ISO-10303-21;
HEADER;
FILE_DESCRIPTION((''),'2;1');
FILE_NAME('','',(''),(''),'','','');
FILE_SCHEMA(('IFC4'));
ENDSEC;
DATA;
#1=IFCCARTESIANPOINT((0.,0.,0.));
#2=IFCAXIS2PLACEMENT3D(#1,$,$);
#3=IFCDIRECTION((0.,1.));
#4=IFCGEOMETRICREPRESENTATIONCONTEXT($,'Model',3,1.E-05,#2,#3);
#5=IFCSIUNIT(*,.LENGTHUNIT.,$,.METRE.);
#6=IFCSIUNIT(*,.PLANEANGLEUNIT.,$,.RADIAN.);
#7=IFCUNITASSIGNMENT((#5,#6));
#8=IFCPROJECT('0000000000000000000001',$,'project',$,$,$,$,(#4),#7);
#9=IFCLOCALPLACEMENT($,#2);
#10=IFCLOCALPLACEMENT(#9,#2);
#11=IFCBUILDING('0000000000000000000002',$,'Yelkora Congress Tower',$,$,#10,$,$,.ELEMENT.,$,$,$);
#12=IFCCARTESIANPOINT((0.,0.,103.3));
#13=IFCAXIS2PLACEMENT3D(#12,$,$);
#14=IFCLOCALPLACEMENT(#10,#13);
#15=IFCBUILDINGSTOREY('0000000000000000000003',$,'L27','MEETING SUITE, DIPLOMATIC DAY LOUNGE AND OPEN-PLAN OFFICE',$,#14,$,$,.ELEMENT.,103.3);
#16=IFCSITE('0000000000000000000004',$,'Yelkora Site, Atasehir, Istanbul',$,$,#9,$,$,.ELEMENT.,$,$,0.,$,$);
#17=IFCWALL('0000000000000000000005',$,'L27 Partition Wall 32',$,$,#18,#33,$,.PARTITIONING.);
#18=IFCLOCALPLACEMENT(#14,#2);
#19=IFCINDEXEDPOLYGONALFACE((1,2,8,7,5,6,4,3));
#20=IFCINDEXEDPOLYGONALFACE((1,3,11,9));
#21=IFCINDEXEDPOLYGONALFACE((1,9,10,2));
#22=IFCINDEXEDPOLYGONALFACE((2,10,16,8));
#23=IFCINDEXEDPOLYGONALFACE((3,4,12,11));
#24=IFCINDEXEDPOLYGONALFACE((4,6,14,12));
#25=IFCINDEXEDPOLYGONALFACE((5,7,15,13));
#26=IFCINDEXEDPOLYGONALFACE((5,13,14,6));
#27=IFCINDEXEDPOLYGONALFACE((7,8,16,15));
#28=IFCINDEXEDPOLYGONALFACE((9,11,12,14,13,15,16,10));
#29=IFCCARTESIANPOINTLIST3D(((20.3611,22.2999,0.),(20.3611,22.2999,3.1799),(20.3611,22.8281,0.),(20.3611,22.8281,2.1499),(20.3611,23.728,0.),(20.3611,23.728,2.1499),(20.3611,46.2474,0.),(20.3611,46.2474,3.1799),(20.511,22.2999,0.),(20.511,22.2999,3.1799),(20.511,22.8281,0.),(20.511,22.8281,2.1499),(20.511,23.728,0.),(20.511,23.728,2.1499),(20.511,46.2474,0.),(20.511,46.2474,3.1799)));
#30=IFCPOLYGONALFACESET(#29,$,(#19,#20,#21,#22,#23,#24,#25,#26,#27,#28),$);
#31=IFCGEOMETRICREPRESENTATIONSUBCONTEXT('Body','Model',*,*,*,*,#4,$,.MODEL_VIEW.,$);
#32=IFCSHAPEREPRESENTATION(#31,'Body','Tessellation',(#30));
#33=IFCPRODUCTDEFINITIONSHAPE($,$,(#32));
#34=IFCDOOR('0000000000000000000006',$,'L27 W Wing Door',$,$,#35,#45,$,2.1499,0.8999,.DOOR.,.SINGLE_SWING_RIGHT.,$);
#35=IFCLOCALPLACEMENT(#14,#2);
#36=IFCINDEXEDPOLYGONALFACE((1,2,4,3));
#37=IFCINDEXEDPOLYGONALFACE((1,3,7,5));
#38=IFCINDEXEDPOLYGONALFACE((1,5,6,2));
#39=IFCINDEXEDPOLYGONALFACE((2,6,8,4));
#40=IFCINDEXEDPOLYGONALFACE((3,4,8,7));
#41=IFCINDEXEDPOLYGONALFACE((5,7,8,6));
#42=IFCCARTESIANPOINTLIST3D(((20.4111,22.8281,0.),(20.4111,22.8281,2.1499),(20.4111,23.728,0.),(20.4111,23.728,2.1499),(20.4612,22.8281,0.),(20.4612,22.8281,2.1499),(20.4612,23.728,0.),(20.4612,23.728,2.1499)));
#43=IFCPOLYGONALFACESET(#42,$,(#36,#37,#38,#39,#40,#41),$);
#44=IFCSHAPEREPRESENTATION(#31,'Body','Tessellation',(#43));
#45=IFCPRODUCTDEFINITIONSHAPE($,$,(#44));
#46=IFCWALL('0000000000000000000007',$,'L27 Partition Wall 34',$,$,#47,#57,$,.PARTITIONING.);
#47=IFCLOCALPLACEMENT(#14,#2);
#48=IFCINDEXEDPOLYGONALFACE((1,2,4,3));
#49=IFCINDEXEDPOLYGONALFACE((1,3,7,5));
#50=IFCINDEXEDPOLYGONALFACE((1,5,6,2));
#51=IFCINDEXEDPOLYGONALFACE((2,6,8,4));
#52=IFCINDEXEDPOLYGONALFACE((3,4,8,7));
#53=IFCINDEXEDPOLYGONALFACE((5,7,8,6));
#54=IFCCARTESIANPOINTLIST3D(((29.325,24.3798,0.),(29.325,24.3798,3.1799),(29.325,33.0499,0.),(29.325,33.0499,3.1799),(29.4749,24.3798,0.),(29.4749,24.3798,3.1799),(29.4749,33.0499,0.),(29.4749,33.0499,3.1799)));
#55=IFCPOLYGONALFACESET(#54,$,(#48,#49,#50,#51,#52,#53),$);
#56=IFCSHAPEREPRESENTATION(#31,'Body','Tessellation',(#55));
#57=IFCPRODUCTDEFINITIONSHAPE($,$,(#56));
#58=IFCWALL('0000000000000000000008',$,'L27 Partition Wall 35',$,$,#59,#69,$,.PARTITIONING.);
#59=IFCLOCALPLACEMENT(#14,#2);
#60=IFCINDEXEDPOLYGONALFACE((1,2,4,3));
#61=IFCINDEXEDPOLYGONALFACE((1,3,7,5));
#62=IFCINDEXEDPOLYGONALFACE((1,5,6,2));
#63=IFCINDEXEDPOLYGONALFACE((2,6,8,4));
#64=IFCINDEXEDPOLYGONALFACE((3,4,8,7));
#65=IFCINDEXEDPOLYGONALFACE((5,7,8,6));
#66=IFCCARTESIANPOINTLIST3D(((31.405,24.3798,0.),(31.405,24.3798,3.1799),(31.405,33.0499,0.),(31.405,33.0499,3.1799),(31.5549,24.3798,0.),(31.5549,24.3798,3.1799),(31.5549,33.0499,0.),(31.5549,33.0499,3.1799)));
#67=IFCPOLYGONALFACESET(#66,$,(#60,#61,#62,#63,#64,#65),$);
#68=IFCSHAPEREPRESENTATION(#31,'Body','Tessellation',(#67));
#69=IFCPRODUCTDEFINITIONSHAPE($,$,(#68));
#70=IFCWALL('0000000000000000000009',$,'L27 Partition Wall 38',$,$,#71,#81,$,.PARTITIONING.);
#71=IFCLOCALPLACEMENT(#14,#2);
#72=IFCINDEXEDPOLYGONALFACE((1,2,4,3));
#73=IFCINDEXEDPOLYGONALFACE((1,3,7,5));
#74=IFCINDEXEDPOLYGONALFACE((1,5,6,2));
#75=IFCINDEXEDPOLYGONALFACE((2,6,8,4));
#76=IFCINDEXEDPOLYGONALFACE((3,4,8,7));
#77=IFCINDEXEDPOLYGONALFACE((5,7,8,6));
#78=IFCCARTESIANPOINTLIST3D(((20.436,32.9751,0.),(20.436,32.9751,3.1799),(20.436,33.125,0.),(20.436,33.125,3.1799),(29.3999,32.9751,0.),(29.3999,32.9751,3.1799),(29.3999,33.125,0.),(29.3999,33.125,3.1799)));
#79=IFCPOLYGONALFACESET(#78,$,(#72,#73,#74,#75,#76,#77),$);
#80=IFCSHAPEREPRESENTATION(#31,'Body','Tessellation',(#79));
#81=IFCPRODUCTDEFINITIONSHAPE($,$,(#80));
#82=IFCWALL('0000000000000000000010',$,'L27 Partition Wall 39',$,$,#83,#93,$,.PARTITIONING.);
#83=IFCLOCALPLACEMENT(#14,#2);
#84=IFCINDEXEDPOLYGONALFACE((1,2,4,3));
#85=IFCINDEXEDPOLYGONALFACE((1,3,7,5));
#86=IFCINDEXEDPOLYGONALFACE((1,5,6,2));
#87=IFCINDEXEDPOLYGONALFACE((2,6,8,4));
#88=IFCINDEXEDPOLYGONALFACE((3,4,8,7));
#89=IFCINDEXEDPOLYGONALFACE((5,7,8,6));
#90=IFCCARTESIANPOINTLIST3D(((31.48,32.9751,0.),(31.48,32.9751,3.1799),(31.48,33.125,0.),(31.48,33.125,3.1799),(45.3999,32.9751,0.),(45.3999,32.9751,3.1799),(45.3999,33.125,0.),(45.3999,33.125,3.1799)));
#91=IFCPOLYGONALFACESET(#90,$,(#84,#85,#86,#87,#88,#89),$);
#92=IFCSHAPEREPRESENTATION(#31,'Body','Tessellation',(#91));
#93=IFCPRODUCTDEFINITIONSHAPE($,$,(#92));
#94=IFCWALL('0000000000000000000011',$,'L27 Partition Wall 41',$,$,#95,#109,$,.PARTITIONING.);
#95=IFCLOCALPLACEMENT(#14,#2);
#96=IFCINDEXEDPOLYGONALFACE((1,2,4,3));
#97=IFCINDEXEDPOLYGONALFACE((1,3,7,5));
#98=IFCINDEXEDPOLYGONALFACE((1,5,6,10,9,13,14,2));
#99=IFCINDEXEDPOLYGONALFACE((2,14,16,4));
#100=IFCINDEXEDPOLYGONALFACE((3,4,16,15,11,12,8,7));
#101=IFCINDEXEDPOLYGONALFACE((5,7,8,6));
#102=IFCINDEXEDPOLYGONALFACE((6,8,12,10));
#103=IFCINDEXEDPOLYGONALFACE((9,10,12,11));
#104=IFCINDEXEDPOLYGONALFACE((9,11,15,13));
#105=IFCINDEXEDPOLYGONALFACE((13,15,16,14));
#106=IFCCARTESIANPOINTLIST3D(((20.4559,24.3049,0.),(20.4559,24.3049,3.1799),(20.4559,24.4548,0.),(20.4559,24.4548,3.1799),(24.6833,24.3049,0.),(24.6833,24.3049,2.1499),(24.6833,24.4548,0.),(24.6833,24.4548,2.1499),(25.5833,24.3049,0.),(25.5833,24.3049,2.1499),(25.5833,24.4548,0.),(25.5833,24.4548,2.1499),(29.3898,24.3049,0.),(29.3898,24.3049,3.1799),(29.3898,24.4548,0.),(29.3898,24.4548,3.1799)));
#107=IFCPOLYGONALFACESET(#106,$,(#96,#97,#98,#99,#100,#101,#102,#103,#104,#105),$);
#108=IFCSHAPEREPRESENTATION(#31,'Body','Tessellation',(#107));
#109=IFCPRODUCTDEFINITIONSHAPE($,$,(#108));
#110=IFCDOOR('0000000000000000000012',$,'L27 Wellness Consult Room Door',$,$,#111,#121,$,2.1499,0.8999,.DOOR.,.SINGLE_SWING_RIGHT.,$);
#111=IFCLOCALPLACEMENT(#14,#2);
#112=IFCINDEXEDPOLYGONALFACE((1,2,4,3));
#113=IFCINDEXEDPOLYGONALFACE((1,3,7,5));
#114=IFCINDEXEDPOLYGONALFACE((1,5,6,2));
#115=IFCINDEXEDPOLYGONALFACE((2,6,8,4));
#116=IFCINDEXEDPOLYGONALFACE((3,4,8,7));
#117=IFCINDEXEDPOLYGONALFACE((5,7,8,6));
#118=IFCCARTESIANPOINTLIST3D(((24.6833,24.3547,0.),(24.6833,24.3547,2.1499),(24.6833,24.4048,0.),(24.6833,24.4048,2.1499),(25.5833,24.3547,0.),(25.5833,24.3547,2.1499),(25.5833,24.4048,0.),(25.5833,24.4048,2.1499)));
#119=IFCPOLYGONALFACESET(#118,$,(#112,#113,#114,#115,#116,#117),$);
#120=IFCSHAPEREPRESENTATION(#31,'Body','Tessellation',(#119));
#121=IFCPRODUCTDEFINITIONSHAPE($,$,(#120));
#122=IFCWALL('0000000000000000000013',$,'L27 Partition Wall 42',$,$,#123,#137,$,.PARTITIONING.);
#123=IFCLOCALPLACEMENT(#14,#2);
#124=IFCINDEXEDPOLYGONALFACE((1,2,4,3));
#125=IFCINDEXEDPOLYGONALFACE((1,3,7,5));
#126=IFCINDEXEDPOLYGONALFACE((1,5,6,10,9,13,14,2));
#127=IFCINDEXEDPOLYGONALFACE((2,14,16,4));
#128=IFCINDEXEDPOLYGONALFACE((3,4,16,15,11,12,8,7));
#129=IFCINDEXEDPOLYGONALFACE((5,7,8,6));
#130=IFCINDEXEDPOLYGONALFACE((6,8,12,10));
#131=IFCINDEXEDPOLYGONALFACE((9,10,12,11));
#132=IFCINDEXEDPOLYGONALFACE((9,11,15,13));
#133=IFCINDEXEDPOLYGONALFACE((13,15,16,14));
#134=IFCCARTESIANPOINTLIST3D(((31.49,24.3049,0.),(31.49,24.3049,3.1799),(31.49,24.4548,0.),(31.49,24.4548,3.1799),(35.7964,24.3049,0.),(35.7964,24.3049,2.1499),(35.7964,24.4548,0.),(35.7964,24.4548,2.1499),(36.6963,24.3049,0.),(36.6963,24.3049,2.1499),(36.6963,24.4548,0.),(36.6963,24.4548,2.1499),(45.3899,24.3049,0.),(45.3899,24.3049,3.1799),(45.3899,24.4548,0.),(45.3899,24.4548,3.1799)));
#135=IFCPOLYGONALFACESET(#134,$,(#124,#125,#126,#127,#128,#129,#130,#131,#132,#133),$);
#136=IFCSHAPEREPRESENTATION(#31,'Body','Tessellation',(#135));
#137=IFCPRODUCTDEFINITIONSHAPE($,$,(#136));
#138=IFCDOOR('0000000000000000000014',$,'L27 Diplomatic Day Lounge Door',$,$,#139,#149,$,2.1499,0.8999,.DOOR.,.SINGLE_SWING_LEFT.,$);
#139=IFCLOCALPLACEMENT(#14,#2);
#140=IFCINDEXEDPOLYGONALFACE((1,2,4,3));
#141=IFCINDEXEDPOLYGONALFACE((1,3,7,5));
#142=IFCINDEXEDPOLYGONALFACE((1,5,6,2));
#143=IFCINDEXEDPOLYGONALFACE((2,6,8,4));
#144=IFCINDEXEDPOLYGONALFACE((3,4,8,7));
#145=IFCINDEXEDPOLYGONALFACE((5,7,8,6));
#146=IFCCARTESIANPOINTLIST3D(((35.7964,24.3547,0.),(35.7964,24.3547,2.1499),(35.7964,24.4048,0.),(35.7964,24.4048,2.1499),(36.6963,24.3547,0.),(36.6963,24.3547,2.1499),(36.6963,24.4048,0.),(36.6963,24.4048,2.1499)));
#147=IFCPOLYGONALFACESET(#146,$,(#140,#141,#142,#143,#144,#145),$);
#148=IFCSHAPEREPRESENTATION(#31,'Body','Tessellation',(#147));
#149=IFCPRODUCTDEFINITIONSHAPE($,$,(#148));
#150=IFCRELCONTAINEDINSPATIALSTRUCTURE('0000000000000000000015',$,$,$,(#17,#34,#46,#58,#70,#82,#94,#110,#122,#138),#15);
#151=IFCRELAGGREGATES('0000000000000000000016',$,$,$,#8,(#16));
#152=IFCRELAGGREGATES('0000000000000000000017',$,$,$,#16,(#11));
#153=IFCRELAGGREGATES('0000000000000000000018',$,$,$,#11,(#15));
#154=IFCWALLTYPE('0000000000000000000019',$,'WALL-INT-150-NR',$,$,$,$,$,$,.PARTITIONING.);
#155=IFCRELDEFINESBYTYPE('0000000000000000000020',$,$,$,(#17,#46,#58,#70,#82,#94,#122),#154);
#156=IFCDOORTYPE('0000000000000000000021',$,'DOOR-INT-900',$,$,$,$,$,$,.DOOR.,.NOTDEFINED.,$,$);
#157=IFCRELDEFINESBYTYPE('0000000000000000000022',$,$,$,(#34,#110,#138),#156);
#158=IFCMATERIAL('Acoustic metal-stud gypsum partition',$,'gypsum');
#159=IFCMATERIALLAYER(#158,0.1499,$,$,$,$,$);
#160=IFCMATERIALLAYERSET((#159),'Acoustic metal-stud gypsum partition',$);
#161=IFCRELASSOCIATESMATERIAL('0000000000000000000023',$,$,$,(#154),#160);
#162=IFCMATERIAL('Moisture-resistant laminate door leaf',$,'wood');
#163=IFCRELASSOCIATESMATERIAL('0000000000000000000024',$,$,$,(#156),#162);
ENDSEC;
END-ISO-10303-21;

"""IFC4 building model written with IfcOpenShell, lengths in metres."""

from ifc_helpers import new_model, si_unit, direction, frame, frame_2d, origin, place, context, subcontext, project, spatial, rectangle, extrude, material, layer, layer_set, type_object, element, fill, save


model = new_model("IFC4")

# Units and contexts
model_context = context("Model", 3, precision=1e-05, world=origin(), true_north=direction((0.0, 1.0)))
body_context = subcontext(model_context, "Body", "Model", "MODEL_VIEW")
ifc_project = project(units=[si_unit("LENGTHUNIT", "METRE"), si_unit("PLANEANGLEUNIT", "RADIAN")], contexts=[model_context])

# Site, building, storey
site_placement = place(None, origin())
site = spatial("IfcSite", under=ifc_project, at=site_placement, Name="Yelkora Site, Atasehir, Istanbul", CompositionType="ELEMENT", RefElevation=0.0)
building_placement = place(site_placement, origin())
building = spatial("IfcBuilding", under=site, at=building_placement, Name="Yelkora Congress Tower", CompositionType="ELEMENT")
storey_placement = place(building_placement, frame((0.0, 0.0, 103.3)))
storey = spatial("IfcBuildingStorey", under=building, at=storey_placement, Name="L27", Description="MEETING SUITE, DIPLOMATIC DAY LOUNGE AND OPEN-PLAN OFFICE", CompositionType="ELEMENT", Elevation=103.3)

# Wall, opening, door
ifc_material_1 = material(Name="Acoustic metal-stud gypsum partition", Category="gypsum")
ifc_layer = layer(ifc_material_1, 0.1499)
ifc_layer_set = layer_set([ifc_layer], Name="Acoustic metal-stud gypsum partition")
wall_type = type_object("IfcWallType", Name="WALL-INT-150-NR", PredefinedType="PARTITIONING", material=ifc_layer_set)
wall_1_placement = place(storey_placement, frame((20.436, 22.3, 0.0), z_axis=(0.0, 0.0, 1.0), x_axis=(0.0, 1.0, 0.0)))
wall_1 = element("IfcWall", 1, at=wall_1_placement, inside=storey, type_object=wall_type, Name="L27 Partition Wall 32", PredefinedType="PARTITIONING", context=body_context, shape_type="SweptSolid", body=[
    extrude(rectangle(XDim=23.9475, YDim=0.1499, at=frame_2d((11.9736, 0.0))), origin(), (0.0, 0.0, 1.0), 3.1799),
])
opening_1_placement = place(wall_1_placement, frame((0.5281, 0.0, 0.0)))
opening_1 = element("IfcOpeningElement", 2, at=opening_1_placement, cuts=wall_1, PredefinedType="OPENING", context=body_context, shape_type="SweptSolid", body=[
    extrude(rectangle(XDim=0.8999, YDim=2.1499, at=frame_2d((0.45, 1.075))), frame((0.0, 0.085, 0.0), z_axis=(0.0, -1.0, 0.0), x_axis=(1.0, 0.0, 0.0)), (0.0, 0.0, 1.0), 0.1699),
])
ifc_material_2 = material(Name="Moisture-resistant laminate door leaf", Category="wood")
door_type = type_object("IfcDoorType", Name="DOOR-INT-900", OperationType="NOTDEFINED", PredefinedType="DOOR", material=ifc_material_2)
door_1_placement = place(opening_1_placement, origin())
door_1 = element("IfcDoor", 3, at=door_1_placement, inside=storey, type_object=door_type, Name="L27 W Wing Door", OperationType="SINGLE_SWING_RIGHT", OverallHeight=2.1499, OverallWidth=0.8999, PredefinedType="DOOR", context=body_context, shape_type="SweptSolid", body=[
    extrude(rectangle(XDim=0.8999, YDim=2.1499, at=frame_2d((0.45, 1.075))), frame((0.0, 0.0249, 0.0), z_axis=(0.0, -1.0, 0.0), x_axis=(1.0, 0.0, 0.0)), (0.0, 0.0, 1.0), 0.05),
])
fill(opening_1, door_1)

# Walls
for number, where, z_axis, x_axis, name in (
    (4, (29.3999, 24.3799, 0.0), (0.0, 0.0, 1.0), (0.0, 1.0, 0.0), "L27 Partition Wall 34"),
    (5, (31.48, 24.3799, 0.0), (0.0, 0.0, 1.0), (0.0, 1.0, 0.0), "L27 Partition Wall 35"),
):
    element("IfcWall", number, at=place(storey_placement, frame(where, z_axis=z_axis, x_axis=x_axis)), inside=storey, type_object=wall_type, Name=name, PredefinedType="PARTITIONING", context=body_context, shape_type="SweptSolid", body=[
        extrude(rectangle(XDim=8.6702, YDim=0.1499, at=frame_2d((4.335, 0.0))), origin(), (0.0, 0.0, 1.0), 3.1799),
    ])
wall_2_placement = place(storey_placement, frame((20.436, 33.05, 0.0), z_axis=(0.0, 0.0, 1.0), x_axis=(1.0, 0.0, 0.0)))
element("IfcWall", 6, at=wall_2_placement, inside=storey, type_object=wall_type, Name="L27 Partition Wall 38", PredefinedType="PARTITIONING", context=body_context, shape_type="SweptSolid", body=[
    extrude(rectangle(XDim=8.9639, YDim=0.1499, at=frame_2d((4.4819, 0.0))), origin(), (0.0, 0.0, 1.0), 3.1799),
])
wall_3_placement = place(storey_placement, frame((31.48, 33.05, 0.0), z_axis=(0.0, 0.0, 1.0), x_axis=(1.0, 0.0, 0.0)))
element("IfcWall", 7, at=wall_3_placement, inside=storey, type_object=wall_type, Name="L27 Partition Wall 39", PredefinedType="PARTITIONING", context=body_context, shape_type="SweptSolid", body=[
    extrude(rectangle(XDim=13.9199, YDim=0.1499, at=frame_2d((6.96, 0.0))), origin(), (0.0, 0.0, 1.0), 3.1799),
])

# Walls, openings, doors
wall_4_placement = place(storey_placement, frame((20.4561, 24.3799, 0.0), z_axis=(0.0, 0.0, 1.0), x_axis=(1.0, 0.0, 0.0)))
wall_4 = element("IfcWall", 8, at=wall_4_placement, inside=storey, type_object=wall_type, Name="L27 Partition Wall 41", PredefinedType="PARTITIONING", context=body_context, shape_type="SweptSolid", body=[
    extrude(rectangle(XDim=8.9338, YDim=0.1499, at=frame_2d((4.4668, 0.0))), origin(), (0.0, 0.0, 1.0), 3.1799),
])
opening_2_placement = place(wall_4_placement, frame((4.2273, 0.0, 0.0)))
opening_2 = element("IfcOpeningElement", 9, at=opening_2_placement, cuts=wall_4, PredefinedType="OPENING", context=body_context, shape_type="SweptSolid", body=[
    extrude(rectangle(XDim=0.8999, YDim=2.1499, at=frame_2d((0.45, 1.075))), frame((0.0, 0.085, 0.0), z_axis=(0.0, -1.0, 0.0), x_axis=(1.0, 0.0, 0.0)), (0.0, 0.0, 1.0), 0.1699),
])
door_2_placement = place(opening_2_placement, origin())
door_2 = element("IfcDoor", 10, at=door_2_placement, inside=storey, type_object=door_type, Name="L27 Wellness Consult Room Door", OperationType="SINGLE_SWING_RIGHT", OverallHeight=2.1499, OverallWidth=0.8999, PredefinedType="DOOR", context=body_context, shape_type="SweptSolid", body=[
    extrude(rectangle(XDim=0.8999, YDim=2.1499, at=frame_2d((0.45, 1.075))), frame((0.0, 0.0249, 0.0), z_axis=(0.0, -1.0, 0.0), x_axis=(1.0, 0.0, 0.0)), (0.0, 0.0, 1.0), 0.05),
])
fill(opening_2, door_2)
wall_5_placement = place(storey_placement, frame((31.49, 24.3799, 0.0), z_axis=(0.0, 0.0, 1.0), x_axis=(1.0, 0.0, 0.0)))
wall_5 = element("IfcWall", 11, at=wall_5_placement, inside=storey, type_object=wall_type, Name="L27 Partition Wall 42", PredefinedType="PARTITIONING", context=body_context, shape_type="SweptSolid", body=[
    extrude(rectangle(XDim=13.8999, YDim=0.1499, at=frame_2d((6.95, 0.0))), origin(), (0.0, 0.0, 1.0), 3.1799),
])
opening_3_placement = place(wall_5_placement, frame((4.3064, 0.0, 0.0)))
opening_3 = element("IfcOpeningElement", 12, at=opening_3_placement, cuts=wall_5, PredefinedType="OPENING", context=body_context, shape_type="SweptSolid", body=[
    extrude(rectangle(XDim=0.8999, YDim=2.1499, at=frame_2d((0.45, 1.075))), frame((0.0, 0.085, 0.0), z_axis=(0.0, -1.0, 0.0), x_axis=(1.0, 0.0, 0.0)), (0.0, 0.0, 1.0), 0.1699),
])
door_3_placement = place(opening_3_placement, origin())
door_3 = element("IfcDoor", 13, at=door_3_placement, inside=storey, type_object=door_type, Name="L27 Diplomatic Day Lounge Door", OperationType="SINGLE_SWING_LEFT", OverallHeight=2.1499, OverallWidth=0.8999, PredefinedType="DOOR", context=body_context, shape_type="SweptSolid", body=[
    extrude(rectangle(XDim=0.8999, YDim=2.1499, at=frame_2d((0.45, 1.075))), frame((0.0, 0.0249, 0.0), z_axis=(0.0, -1.0, 0.0), x_axis=(1.0, 0.0, 0.0)), (0.0, 0.0, 1.0), 0.05),
])
fill(opening_3, door_3)

save(model, "model.ifc")
